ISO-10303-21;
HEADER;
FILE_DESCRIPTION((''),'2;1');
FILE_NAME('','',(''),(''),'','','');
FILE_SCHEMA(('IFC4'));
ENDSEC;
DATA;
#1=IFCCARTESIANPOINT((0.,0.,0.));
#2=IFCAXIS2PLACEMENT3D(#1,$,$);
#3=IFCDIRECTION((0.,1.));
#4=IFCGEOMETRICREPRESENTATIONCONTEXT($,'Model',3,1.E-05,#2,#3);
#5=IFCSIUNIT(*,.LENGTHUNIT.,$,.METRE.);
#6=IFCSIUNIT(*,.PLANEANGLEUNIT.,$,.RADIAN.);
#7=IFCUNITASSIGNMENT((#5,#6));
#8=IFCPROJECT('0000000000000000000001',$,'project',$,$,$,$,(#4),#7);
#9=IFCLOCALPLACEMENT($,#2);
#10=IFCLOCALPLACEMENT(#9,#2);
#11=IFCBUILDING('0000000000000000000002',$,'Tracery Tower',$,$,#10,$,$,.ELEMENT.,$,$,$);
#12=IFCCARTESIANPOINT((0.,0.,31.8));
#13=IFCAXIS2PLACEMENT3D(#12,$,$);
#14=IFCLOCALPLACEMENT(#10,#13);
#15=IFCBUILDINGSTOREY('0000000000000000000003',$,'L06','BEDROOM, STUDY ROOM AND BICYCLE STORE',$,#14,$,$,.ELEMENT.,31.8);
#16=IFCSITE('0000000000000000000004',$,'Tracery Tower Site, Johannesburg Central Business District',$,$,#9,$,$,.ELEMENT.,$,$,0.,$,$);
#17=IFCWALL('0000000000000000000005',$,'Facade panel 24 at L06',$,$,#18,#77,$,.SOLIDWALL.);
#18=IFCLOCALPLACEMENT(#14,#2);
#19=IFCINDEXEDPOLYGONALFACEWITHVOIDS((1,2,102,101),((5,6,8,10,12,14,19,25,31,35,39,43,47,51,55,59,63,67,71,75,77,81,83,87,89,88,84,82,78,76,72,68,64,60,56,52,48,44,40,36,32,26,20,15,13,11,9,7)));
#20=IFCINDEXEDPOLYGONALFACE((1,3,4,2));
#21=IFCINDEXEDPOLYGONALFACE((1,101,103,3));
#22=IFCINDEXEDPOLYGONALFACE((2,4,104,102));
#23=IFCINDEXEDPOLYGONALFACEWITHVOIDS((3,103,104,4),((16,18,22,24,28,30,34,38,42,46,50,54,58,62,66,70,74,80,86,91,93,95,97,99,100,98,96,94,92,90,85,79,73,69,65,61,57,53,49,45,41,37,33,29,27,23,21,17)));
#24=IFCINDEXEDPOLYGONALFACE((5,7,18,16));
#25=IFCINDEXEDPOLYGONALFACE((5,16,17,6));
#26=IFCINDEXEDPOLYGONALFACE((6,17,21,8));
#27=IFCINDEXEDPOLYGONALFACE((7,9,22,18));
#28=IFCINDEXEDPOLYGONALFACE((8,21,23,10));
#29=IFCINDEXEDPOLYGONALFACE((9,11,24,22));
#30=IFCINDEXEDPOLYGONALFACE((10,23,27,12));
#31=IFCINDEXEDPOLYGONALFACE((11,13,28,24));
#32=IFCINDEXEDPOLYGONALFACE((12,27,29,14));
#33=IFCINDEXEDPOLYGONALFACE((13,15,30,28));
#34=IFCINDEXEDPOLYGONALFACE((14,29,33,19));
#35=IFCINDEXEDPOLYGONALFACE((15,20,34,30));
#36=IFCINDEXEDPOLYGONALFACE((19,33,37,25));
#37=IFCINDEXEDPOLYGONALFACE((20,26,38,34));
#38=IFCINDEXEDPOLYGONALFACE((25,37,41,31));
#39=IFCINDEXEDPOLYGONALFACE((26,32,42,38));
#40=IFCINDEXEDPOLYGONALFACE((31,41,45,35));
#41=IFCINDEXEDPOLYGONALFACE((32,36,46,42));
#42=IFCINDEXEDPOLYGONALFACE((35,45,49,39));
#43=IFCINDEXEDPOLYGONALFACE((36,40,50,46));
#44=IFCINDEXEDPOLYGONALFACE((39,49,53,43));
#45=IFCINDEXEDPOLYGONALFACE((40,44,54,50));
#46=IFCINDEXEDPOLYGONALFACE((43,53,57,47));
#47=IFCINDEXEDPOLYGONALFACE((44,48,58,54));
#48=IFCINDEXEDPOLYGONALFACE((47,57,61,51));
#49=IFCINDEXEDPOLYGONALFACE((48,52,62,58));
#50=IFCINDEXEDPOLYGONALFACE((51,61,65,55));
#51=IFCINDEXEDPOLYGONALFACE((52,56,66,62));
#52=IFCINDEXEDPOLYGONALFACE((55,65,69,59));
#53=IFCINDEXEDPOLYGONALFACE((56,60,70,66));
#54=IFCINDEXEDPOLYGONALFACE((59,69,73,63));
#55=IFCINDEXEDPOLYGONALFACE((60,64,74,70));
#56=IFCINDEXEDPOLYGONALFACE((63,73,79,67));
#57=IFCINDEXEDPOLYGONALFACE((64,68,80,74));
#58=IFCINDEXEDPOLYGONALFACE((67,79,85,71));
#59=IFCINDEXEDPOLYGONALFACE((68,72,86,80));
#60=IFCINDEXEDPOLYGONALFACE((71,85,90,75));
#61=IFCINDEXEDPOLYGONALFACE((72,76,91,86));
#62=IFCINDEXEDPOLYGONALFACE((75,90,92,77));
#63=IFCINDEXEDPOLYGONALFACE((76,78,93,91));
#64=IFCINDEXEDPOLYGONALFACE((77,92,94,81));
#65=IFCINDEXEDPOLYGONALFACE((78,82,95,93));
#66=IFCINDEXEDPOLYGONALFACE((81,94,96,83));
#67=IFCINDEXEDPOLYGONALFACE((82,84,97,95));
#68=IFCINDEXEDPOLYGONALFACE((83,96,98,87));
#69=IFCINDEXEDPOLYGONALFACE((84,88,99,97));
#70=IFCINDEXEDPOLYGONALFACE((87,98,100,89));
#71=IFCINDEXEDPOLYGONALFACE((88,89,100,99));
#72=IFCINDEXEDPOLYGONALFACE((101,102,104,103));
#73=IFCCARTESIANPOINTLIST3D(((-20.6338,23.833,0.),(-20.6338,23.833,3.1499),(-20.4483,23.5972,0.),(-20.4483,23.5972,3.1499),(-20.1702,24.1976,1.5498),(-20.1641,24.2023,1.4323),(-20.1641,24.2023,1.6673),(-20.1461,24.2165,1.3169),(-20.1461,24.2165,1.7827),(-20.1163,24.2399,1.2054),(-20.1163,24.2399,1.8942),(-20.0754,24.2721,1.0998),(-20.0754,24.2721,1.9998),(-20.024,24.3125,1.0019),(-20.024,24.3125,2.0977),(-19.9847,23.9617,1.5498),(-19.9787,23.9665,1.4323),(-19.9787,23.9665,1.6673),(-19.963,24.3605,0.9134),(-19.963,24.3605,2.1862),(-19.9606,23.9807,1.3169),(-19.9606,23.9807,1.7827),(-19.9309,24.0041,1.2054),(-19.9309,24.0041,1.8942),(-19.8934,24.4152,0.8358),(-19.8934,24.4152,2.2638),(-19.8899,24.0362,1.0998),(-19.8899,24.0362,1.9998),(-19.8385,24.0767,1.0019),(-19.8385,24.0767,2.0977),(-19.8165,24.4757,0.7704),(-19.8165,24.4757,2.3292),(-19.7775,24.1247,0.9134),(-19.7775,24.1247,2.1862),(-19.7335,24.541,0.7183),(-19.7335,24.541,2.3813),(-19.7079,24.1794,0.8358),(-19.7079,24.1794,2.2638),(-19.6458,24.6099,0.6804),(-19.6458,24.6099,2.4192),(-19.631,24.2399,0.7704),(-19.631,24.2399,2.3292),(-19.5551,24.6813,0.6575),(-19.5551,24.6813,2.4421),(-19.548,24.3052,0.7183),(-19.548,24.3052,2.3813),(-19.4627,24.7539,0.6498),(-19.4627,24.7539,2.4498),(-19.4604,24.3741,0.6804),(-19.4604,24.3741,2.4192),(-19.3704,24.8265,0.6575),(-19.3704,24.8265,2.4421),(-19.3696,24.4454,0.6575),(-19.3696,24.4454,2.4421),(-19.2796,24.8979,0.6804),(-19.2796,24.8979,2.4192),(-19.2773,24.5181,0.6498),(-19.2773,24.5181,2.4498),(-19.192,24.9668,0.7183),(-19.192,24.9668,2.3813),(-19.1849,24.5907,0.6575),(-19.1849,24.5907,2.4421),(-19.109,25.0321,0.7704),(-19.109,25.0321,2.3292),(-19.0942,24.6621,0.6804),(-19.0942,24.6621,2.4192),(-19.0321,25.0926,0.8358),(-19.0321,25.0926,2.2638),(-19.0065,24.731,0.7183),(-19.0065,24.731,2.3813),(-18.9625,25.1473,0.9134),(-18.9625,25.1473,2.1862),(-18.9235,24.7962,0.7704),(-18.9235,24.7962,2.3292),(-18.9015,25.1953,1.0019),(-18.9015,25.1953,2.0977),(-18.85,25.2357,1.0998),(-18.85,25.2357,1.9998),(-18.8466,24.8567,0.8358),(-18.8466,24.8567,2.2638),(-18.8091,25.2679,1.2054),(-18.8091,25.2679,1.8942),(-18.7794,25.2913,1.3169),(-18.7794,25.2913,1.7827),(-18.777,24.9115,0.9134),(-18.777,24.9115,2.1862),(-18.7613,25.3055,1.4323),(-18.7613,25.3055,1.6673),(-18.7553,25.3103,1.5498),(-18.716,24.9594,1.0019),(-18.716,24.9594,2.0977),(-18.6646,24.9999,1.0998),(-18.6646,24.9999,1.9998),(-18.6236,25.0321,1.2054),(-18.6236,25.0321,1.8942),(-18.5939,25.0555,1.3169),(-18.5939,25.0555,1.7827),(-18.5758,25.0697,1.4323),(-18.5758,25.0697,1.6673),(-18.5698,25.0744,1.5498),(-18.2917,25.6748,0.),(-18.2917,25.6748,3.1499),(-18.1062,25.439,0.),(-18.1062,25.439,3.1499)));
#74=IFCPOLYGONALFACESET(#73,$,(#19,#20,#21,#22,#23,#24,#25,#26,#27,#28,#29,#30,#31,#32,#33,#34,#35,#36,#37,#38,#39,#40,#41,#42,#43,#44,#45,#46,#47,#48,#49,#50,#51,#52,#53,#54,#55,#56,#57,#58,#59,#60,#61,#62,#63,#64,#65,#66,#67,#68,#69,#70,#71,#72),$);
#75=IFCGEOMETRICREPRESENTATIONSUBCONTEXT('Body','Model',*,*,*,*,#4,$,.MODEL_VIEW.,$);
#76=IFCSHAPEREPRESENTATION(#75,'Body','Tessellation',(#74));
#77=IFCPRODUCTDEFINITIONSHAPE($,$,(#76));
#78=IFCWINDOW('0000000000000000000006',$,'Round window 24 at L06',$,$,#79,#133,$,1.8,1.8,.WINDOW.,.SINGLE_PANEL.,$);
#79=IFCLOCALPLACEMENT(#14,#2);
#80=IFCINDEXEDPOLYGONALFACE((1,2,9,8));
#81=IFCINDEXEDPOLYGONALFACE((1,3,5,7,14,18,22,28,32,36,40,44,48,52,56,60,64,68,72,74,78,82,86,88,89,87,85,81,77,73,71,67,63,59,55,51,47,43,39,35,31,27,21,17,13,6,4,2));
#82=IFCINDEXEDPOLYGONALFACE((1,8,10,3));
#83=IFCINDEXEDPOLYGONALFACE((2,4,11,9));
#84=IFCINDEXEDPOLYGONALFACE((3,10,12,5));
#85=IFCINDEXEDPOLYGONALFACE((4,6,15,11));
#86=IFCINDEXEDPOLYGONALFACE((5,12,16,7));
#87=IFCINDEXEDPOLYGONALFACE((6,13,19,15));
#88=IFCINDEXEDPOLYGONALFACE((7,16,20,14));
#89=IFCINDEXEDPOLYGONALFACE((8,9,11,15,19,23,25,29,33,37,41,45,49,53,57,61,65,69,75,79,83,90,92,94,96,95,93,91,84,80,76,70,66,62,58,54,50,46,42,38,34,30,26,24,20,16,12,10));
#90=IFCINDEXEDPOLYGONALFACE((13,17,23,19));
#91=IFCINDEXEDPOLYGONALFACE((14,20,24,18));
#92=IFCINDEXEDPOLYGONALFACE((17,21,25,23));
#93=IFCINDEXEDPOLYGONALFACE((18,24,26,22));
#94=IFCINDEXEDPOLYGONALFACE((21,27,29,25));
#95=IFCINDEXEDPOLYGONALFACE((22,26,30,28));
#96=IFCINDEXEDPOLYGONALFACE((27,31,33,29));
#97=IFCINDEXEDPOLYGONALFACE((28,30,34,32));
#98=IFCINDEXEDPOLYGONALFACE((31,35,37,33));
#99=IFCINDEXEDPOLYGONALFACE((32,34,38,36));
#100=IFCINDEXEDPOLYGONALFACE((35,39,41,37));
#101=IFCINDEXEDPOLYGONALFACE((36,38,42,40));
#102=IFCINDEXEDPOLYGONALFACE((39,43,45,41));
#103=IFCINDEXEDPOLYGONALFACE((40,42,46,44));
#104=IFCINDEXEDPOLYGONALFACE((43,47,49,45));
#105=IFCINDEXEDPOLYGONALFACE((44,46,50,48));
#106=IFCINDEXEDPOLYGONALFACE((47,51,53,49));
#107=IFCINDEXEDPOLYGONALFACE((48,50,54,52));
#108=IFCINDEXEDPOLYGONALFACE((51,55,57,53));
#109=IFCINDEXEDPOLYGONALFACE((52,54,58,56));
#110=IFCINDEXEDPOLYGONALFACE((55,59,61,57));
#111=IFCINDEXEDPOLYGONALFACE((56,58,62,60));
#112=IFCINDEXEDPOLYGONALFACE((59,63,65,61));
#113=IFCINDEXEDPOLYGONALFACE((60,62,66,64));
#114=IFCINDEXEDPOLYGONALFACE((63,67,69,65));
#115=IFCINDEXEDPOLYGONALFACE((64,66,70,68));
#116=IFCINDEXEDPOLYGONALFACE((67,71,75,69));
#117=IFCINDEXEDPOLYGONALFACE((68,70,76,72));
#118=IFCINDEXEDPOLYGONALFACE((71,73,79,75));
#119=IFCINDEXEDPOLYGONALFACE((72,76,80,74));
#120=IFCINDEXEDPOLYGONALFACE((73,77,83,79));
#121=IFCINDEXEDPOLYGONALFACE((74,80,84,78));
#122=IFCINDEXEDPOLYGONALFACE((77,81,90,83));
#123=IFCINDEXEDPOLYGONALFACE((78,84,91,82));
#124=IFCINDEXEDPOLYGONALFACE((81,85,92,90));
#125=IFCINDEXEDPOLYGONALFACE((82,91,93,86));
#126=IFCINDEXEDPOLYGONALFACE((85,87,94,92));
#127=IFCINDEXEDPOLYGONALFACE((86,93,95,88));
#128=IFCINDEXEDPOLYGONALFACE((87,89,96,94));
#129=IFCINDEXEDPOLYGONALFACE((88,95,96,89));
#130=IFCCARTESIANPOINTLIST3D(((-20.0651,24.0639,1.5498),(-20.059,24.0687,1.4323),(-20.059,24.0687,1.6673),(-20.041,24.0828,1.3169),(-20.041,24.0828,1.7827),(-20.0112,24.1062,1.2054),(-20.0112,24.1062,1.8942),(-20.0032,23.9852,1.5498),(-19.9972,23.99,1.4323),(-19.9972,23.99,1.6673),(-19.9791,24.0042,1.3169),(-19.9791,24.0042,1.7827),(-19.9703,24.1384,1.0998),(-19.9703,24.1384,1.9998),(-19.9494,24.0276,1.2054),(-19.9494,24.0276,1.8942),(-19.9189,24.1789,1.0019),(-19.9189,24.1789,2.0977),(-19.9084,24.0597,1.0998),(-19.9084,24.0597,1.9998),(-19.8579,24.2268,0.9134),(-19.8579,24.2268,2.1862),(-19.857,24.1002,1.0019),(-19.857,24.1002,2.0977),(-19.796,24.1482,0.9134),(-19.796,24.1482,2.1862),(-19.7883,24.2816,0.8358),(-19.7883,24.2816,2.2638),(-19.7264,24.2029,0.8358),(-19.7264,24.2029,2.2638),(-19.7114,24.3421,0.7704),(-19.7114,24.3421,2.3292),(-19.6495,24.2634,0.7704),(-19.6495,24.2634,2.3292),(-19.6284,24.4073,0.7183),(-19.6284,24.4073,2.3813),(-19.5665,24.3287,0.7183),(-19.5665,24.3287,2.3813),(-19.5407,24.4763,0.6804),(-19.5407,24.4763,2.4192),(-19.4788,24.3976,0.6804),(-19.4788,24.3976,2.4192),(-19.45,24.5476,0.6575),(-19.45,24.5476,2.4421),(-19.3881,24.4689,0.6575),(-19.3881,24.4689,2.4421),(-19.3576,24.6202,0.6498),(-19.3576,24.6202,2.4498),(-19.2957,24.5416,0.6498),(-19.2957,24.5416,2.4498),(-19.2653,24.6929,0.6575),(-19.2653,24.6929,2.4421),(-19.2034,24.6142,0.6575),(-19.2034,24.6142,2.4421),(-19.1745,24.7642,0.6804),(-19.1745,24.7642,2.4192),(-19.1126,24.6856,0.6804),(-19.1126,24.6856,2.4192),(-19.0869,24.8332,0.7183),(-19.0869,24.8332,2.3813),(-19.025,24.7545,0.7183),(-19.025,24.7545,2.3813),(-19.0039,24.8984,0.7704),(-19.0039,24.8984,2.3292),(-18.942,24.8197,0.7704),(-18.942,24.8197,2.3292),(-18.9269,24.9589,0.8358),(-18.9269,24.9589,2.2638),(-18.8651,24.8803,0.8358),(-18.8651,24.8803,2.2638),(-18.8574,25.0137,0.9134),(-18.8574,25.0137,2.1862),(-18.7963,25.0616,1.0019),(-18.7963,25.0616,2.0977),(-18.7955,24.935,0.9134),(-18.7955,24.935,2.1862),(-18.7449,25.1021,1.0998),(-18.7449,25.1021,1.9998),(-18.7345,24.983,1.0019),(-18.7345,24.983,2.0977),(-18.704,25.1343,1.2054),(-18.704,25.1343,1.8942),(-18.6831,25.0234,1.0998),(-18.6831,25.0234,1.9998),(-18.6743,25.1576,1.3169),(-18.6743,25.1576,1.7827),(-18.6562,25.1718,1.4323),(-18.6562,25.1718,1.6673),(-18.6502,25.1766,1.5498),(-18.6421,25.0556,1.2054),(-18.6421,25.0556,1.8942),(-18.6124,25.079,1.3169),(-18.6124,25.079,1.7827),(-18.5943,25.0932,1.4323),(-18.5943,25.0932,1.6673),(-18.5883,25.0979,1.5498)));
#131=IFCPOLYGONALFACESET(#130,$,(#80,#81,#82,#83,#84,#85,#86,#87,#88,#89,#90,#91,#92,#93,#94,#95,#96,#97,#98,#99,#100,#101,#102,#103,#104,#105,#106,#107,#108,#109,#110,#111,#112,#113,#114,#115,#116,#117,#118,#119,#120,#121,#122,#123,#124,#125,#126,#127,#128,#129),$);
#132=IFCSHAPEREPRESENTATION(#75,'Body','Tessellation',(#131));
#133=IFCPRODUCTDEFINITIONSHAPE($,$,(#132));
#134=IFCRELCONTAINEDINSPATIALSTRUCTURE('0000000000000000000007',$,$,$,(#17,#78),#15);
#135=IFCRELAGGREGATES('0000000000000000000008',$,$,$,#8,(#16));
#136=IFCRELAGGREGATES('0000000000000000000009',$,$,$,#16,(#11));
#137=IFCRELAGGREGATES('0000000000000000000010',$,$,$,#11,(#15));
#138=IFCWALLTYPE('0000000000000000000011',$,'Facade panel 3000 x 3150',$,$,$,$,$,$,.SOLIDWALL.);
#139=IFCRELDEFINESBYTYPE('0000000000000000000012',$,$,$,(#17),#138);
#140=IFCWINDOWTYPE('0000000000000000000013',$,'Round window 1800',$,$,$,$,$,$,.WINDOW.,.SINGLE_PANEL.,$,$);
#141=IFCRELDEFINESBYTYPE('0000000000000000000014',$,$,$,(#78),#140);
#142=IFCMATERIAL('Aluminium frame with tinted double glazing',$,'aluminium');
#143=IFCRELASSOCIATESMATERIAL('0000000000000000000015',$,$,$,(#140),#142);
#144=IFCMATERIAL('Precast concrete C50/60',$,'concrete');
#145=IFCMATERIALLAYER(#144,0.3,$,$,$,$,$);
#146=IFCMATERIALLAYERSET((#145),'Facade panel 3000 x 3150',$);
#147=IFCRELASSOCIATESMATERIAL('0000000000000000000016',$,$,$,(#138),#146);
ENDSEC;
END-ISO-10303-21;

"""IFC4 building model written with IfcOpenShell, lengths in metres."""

from ifc_helpers import new_model, si_unit, direction, frame, frame_2d, origin, origin_2d, place, context, subcontext, project, spatial, rectangle, circle, extrude, material, layer, layer_set, type_object, element, fill, save


model = new_model("IFC4")

# Units and contexts
model_context = context("Model", 3, precision=1e-05, world=origin(), true_north=direction((0.0, 1.0)))
body_context = subcontext(model_context, "Body", "Model", "MODEL_VIEW")
ifc_project = project(units=[si_unit("LENGTHUNIT", "METRE"), si_unit("PLANEANGLEUNIT", "RADIAN")], contexts=[model_context])

# Site, building, storey
site_placement = place(None, origin())
site = spatial("IfcSite", under=ifc_project, at=site_placement, Name="Tracery Tower Site, Johannesburg Central Business District", CompositionType="ELEMENT", RefElevation=0.0)
building_placement = place(site_placement, origin())
building = spatial("IfcBuilding", under=site, at=building_placement, Name="Tracery Tower", CompositionType="ELEMENT")
storey_placement = place(building_placement, frame((0.0, 0.0, 31.8)))
storey = spatial("IfcBuildingStorey", under=building, at=storey_placement, Name="L06", Description="BEDROOM, STUDY ROOM AND BICYCLE STORE", CompositionType="ELEMENT", Elevation=31.8)

# Wall, opening, window
ifc_material_1 = material(Name="Aluminium frame with tinted double glazing", Category="aluminium")
window_type = type_object("IfcWindowType", Name="Round window 1800", PartitioningType="SINGLE_PANEL", PredefinedType="WINDOW", material=ifc_material_1)
ifc_material_2 = material(Name="Precast concrete C50/60", Category="concrete")
ifc_layer_1 = layer(ifc_material_2, 0.3)
ifc_layer_set_1 = layer_set([ifc_layer_1], Name="Facade panel 3000 x 3150")
wall_type_1 = type_object("IfcWallType", Name="Facade panel 3000 x 3150", PredefinedType="SOLIDWALL", material=ifc_layer_set_1)
wall_1_placement = place(storey_placement, frame((-18.199, 25.5569, 0.0), z_axis=(0.0, 0.0, 1.0), x_axis=(-0.786054, -0.618158, 0.0)))
wall_1 = element("IfcWall", 1, at=wall_1_placement, inside=storey, type_object=wall_type_1, Name="Facade panel 24 at L06", PredefinedType="SOLIDWALL", context=body_context, shape_type="SweptSolid", body=[
    extrude(rectangle(XDim=2.9795, YDim=0.3, at=frame_2d((1.4897, 0.0))), origin(), (0.0, 0.0, 1.0), 3.1499),
])
opening_1_placement = place(wall_1_placement, frame((1.4897, 0.0, 1.5498)))
opening_1 = element("IfcOpeningElement", 2, at=opening_1_placement, cuts=wall_1, PredefinedType="OPENING", context=body_context, shape_type="SweptSolid", body=[
    extrude(circle(Radius=0.9, at=origin_2d()), frame((0.0, 0.1599, 0.0), z_axis=(0.0, -1.0, 0.0), x_axis=(1.0, 0.0, 0.0)), (0.0, 0.0, 1.0), 0.3201),
])
window_1_placement = place(opening_1_placement, origin())
window_1 = element("IfcWindow", 3, at=window_1_placement, inside=storey, type_object=window_type, Name="Round window 24 at L06", OverallHeight=1.8, OverallWidth=1.8, PartitioningType="SINGLE_PANEL", PredefinedType="WINDOW", context=body_context, shape_type="SweptSolid", body=[
    extrude(circle(Radius=0.9, at=origin_2d()), frame((0.0, 0.1201, 0.0), z_axis=(0.0, -1.0, 0.0), x_axis=(1.0, 0.0, 0.0)), (0.0, 0.0, 1.0), 0.1001),
])
fill(opening_1, window_1)

save(model, "model.ifc")
